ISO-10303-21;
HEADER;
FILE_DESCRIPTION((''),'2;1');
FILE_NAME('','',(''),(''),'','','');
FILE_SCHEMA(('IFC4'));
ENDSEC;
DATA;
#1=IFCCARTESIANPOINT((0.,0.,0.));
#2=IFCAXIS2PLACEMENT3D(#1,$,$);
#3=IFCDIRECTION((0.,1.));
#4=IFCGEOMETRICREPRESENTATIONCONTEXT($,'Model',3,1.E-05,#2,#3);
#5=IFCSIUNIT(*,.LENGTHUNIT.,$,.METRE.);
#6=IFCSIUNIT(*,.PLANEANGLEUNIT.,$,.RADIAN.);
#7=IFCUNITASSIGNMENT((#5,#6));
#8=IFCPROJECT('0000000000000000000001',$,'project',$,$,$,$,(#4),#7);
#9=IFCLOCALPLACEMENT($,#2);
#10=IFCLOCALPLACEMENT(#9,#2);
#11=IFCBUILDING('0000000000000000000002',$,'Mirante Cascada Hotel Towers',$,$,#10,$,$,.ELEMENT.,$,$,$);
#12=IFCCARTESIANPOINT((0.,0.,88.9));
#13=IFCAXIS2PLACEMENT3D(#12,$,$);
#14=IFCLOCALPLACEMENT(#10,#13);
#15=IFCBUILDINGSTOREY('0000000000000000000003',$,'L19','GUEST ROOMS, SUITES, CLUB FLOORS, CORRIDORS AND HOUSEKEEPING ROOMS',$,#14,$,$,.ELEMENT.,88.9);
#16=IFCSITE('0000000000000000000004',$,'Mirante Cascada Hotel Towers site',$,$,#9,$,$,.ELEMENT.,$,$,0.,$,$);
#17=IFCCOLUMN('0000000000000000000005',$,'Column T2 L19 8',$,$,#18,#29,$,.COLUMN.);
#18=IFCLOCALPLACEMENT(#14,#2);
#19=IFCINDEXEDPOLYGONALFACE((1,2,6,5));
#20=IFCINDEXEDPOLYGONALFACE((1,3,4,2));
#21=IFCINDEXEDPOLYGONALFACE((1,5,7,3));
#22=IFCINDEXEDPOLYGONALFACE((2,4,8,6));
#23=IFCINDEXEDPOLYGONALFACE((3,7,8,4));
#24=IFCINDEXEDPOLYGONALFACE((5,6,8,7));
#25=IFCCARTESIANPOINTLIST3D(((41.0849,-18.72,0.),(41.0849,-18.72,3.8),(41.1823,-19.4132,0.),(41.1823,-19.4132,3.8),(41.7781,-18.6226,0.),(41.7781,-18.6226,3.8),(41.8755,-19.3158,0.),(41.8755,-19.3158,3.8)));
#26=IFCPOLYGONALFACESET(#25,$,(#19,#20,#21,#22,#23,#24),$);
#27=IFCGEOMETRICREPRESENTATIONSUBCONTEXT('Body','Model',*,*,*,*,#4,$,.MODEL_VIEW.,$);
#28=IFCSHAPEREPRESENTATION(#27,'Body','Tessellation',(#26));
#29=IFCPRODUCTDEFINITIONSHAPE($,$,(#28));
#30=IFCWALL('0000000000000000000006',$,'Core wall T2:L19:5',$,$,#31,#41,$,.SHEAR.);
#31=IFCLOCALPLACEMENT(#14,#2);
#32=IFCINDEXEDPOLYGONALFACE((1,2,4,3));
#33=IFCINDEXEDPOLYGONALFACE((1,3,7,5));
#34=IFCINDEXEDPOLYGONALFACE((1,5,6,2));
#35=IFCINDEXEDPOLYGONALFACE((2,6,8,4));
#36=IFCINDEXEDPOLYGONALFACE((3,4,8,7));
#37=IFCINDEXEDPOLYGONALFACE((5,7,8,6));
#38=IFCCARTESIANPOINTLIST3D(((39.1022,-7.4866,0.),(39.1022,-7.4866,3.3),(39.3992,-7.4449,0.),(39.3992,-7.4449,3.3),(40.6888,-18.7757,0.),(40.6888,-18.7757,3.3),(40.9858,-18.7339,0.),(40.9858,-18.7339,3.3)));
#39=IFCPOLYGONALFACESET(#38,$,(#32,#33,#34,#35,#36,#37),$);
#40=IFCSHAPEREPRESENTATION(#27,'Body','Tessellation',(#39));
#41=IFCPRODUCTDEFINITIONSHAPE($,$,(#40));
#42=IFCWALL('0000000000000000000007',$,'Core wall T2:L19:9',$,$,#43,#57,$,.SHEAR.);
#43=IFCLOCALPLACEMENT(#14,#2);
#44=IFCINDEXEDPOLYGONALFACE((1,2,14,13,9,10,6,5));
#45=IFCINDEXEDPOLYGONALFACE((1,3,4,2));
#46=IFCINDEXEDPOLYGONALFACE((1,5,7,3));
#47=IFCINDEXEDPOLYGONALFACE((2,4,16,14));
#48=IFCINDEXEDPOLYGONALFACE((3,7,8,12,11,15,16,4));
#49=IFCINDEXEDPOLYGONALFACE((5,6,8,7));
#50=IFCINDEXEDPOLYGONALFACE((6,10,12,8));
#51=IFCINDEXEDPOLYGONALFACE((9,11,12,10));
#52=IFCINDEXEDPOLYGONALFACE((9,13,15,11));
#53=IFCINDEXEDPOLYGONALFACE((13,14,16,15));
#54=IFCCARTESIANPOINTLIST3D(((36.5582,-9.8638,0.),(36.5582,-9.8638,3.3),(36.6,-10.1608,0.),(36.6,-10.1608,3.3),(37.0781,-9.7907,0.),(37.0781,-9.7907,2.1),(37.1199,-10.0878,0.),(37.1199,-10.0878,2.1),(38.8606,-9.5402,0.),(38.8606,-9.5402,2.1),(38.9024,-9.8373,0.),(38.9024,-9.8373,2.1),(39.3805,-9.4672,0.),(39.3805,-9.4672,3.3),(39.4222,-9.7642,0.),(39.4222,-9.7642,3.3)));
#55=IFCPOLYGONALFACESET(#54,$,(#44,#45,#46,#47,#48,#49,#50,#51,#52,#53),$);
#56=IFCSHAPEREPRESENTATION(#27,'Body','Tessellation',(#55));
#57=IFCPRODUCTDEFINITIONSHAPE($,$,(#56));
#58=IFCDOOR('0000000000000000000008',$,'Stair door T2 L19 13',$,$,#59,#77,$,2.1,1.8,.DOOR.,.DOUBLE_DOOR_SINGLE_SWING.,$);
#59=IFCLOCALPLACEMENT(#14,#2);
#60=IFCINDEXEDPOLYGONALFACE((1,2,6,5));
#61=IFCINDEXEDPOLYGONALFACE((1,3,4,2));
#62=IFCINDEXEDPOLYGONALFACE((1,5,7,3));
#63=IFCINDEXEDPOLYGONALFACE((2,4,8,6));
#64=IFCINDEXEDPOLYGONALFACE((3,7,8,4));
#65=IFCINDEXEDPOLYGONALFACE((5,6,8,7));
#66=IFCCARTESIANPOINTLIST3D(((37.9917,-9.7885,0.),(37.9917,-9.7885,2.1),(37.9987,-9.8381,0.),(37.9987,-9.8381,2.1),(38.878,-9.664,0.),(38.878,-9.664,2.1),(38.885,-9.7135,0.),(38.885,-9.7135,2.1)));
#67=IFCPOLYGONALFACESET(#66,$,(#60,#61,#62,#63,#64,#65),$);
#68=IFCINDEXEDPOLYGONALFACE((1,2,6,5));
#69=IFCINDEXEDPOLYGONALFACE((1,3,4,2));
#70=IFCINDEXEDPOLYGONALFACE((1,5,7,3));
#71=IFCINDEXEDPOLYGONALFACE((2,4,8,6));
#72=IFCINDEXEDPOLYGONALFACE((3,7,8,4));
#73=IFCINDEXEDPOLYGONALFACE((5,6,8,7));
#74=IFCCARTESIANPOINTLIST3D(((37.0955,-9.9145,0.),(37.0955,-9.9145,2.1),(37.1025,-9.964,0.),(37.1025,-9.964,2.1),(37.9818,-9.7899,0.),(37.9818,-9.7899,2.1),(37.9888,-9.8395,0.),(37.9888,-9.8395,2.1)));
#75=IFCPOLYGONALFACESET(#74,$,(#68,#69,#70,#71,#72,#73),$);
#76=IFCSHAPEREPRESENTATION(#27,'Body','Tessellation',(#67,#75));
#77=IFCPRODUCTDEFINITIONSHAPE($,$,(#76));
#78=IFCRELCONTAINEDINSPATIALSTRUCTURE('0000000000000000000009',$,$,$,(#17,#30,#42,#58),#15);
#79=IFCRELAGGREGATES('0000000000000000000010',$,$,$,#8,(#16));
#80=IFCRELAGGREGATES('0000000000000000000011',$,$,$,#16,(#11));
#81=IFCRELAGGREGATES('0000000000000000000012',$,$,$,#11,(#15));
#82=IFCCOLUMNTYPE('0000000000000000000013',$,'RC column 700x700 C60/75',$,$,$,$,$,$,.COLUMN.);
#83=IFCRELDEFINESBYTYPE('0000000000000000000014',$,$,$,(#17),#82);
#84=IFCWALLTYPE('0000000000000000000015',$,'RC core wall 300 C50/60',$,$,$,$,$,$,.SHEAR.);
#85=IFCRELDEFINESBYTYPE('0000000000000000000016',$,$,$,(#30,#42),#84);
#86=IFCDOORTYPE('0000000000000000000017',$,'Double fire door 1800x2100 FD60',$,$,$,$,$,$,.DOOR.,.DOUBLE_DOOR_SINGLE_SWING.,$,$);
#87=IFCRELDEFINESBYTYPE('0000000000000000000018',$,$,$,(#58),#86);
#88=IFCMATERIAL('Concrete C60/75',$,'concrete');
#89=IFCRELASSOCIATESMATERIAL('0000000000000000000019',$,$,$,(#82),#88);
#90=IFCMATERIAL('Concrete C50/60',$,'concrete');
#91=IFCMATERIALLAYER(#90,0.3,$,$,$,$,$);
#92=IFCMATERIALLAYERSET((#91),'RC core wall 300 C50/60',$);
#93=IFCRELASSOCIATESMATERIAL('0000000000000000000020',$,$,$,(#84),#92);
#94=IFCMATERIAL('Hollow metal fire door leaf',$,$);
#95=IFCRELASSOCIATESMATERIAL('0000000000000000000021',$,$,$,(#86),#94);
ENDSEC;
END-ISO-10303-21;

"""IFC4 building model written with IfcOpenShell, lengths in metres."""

from ifc_helpers import new_model, si_unit, direction, frame, frame_2d, origin, origin_2d, place, context, subcontext, project, spatial, rectangle, extrude, material, layer, layer_set, material_profile, profile_set, type_object, element, fill, save


model = new_model("IFC4")

# Units and contexts
model_context = context("Model", 3, precision=1e-05, world=origin(), true_north=direction((0.0, 1.0)))
body_context = subcontext(model_context, "Body", "Model", "MODEL_VIEW")
ifc_project = project(units=[si_unit("LENGTHUNIT", "METRE"), si_unit("PLANEANGLEUNIT", "RADIAN")], contexts=[model_context])

# Site, building, storey
site_placement = place(None, origin())
site = spatial("IfcSite", under=ifc_project, at=site_placement, Name="Mirante Cascada Hotel Towers site", CompositionType="ELEMENT", RefElevation=0.0)
building_placement = place(site_placement, origin())
building = spatial("IfcBuilding", under=site, at=building_placement, Name="Mirante Cascada Hotel Towers", CompositionType="ELEMENT")
storey_placement = place(building_placement, frame((0.0, 0.0, 88.9)))
storey = spatial("IfcBuildingStorey", under=building, at=storey_placement, Name="L19", Description="GUEST ROOMS, SUITES, CLUB FLOORS, CORRIDORS AND HOUSEKEEPING ROOMS", CompositionType="ELEMENT", Elevation=88.9)

# Column
ifc_material_1 = material(Name="Concrete C60/75", Category="concrete")
ifc_material_profile = material_profile(ifc_material_1, rectangle(XDim=0.7, YDim=0.7, at=origin_2d()), Name="RC column 700x700 C60/75")
ifc_profile_set = profile_set([ifc_material_profile], Name="Concrete C60/75")
column_type = type_object("IfcColumnType", Name="RC column 700x700 C60/75", PredefinedType="COLUMN", material=ifc_profile_set)
column_placement = place(storey_placement, frame((41.4802, -19.0179, 0.0), z_axis=(0.0, 0.0, 1.0), x_axis=(0.990268, 0.139173, 0.0)))
element("IfcColumn", 1, at=column_placement, inside=storey, type_object=column_type, Name="Column T2 L19 8", PredefinedType="COLUMN", context=body_context, shape_type="SweptSolid", body=[
    extrude(rectangle(XDim=0.7, YDim=0.7, at=origin_2d()), origin(), (0.0, 0.0, 1.0), 3.8),
])

# Wall
ifc_material_2 = material(Name="Concrete C50/60", Category="concrete")
ifc_layer_1 = layer(ifc_material_2, 0.3)
ifc_layer_set_1 = layer_set([ifc_layer_1], Name="RC core wall 300 C50/60")
wall_type_1 = type_object("IfcWallType", Name="RC core wall 300 C50/60", PredefinedType="SHEAR", material=ifc_layer_set_1)
wall_1_placement = place(storey_placement, frame((40.8373, -18.7548, 0.0), z_axis=(0.0, 0.0, 1.0), x_axis=(-0.139175, 0.990268, 0.0)))
element("IfcWall", 2, at=wall_1_placement, inside=storey, type_object=wall_type_1, Name="Core wall T2:L19:5", PredefinedType="SHEAR", context=body_context, shape_type="SweptSolid", body=[
    extrude(rectangle(XDim=11.4, YDim=0.3, at=frame_2d((5.7, 0.0))), origin(), (0.0, 0.0, 1.0), 3.3),
])

# Wall, opening, door
wall_2_placement = place(storey_placement, frame((36.5791, -10.0123, 0.0), z_axis=(0.0, 0.0, 1.0), x_axis=(0.99027, 0.139156, 0.0)))
wall_2 = element("IfcWall", 3, at=wall_2_placement, inside=storey, type_object=wall_type_1, Name="Core wall T2:L19:9", PredefinedType="SHEAR", context=body_context, shape_type="SweptSolid", body=[
    extrude(rectangle(XDim=2.85, YDim=0.3, at=frame_2d((1.425, 0.0))), origin(), (0.0, 0.0, 1.0), 3.3),
])
opening_1_placement = place(wall_2_placement, frame((0.525, 0.0, 0.0)))
opening_1 = element("IfcOpeningElement", 4, at=opening_1_placement, cuts=wall_2, PredefinedType="OPENING", context=body_context, shape_type="SweptSolid", body=[
    extrude(rectangle(XDim=1.8, YDim=2.1, at=frame_2d((0.9, 1.05))), frame((0.0, 0.15, 0.0), z_axis=(0.0, -1.0, 0.0), x_axis=(1.0, 0.0, 0.0)), (0.0, 0.0, 1.0), 0.3),
])
ifc_material_3 = material(Name="Hollow metal fire door leaf")
door_type_1 = type_object("IfcDoorType", Name="Double fire door 1800x2100 FD60", OperationType="DOUBLE_DOOR_SINGLE_SWING", PredefinedType="DOOR", material=ifc_material_3)
door_1_placement = place(opening_1_placement, frame((1.8, 0.0, 0.0), z_axis=(0.0, 0.0, 1.0), x_axis=(-1.0, 0.0, 0.0)))
door_1 = element("IfcDoor", 5, at=door_1_placement, inside=storey, type_object=door_type_1, Name="Stair door T2 L19 13", OperationType="DOUBLE_DOOR_SINGLE_SWING", OverallHeight=2.1, OverallWidth=1.8, PredefinedType="DOOR", context=body_context, shape_type="SweptSolid", body=[
    extrude(rectangle(XDim=0.895, YDim=2.1, at=frame_2d((0.4475, 1.05))), frame((0.0, 0.025, 0.0), z_axis=(0.0, -1.0, 0.0), x_axis=(1.0, 0.0, 0.0)), (0.0, 0.0, 1.0), 0.05),
    extrude(rectangle(XDim=0.895, YDim=2.1, at=frame_2d((1.3525, 1.05))), frame((0.0, 0.025, 0.0), z_axis=(0.0, -1.0, 0.0), x_axis=(1.0, 0.0, 0.0)), (0.0, 0.0, 1.0), 0.05),
])
fill(opening_1, door_1)

save(model, "model.ifc")
